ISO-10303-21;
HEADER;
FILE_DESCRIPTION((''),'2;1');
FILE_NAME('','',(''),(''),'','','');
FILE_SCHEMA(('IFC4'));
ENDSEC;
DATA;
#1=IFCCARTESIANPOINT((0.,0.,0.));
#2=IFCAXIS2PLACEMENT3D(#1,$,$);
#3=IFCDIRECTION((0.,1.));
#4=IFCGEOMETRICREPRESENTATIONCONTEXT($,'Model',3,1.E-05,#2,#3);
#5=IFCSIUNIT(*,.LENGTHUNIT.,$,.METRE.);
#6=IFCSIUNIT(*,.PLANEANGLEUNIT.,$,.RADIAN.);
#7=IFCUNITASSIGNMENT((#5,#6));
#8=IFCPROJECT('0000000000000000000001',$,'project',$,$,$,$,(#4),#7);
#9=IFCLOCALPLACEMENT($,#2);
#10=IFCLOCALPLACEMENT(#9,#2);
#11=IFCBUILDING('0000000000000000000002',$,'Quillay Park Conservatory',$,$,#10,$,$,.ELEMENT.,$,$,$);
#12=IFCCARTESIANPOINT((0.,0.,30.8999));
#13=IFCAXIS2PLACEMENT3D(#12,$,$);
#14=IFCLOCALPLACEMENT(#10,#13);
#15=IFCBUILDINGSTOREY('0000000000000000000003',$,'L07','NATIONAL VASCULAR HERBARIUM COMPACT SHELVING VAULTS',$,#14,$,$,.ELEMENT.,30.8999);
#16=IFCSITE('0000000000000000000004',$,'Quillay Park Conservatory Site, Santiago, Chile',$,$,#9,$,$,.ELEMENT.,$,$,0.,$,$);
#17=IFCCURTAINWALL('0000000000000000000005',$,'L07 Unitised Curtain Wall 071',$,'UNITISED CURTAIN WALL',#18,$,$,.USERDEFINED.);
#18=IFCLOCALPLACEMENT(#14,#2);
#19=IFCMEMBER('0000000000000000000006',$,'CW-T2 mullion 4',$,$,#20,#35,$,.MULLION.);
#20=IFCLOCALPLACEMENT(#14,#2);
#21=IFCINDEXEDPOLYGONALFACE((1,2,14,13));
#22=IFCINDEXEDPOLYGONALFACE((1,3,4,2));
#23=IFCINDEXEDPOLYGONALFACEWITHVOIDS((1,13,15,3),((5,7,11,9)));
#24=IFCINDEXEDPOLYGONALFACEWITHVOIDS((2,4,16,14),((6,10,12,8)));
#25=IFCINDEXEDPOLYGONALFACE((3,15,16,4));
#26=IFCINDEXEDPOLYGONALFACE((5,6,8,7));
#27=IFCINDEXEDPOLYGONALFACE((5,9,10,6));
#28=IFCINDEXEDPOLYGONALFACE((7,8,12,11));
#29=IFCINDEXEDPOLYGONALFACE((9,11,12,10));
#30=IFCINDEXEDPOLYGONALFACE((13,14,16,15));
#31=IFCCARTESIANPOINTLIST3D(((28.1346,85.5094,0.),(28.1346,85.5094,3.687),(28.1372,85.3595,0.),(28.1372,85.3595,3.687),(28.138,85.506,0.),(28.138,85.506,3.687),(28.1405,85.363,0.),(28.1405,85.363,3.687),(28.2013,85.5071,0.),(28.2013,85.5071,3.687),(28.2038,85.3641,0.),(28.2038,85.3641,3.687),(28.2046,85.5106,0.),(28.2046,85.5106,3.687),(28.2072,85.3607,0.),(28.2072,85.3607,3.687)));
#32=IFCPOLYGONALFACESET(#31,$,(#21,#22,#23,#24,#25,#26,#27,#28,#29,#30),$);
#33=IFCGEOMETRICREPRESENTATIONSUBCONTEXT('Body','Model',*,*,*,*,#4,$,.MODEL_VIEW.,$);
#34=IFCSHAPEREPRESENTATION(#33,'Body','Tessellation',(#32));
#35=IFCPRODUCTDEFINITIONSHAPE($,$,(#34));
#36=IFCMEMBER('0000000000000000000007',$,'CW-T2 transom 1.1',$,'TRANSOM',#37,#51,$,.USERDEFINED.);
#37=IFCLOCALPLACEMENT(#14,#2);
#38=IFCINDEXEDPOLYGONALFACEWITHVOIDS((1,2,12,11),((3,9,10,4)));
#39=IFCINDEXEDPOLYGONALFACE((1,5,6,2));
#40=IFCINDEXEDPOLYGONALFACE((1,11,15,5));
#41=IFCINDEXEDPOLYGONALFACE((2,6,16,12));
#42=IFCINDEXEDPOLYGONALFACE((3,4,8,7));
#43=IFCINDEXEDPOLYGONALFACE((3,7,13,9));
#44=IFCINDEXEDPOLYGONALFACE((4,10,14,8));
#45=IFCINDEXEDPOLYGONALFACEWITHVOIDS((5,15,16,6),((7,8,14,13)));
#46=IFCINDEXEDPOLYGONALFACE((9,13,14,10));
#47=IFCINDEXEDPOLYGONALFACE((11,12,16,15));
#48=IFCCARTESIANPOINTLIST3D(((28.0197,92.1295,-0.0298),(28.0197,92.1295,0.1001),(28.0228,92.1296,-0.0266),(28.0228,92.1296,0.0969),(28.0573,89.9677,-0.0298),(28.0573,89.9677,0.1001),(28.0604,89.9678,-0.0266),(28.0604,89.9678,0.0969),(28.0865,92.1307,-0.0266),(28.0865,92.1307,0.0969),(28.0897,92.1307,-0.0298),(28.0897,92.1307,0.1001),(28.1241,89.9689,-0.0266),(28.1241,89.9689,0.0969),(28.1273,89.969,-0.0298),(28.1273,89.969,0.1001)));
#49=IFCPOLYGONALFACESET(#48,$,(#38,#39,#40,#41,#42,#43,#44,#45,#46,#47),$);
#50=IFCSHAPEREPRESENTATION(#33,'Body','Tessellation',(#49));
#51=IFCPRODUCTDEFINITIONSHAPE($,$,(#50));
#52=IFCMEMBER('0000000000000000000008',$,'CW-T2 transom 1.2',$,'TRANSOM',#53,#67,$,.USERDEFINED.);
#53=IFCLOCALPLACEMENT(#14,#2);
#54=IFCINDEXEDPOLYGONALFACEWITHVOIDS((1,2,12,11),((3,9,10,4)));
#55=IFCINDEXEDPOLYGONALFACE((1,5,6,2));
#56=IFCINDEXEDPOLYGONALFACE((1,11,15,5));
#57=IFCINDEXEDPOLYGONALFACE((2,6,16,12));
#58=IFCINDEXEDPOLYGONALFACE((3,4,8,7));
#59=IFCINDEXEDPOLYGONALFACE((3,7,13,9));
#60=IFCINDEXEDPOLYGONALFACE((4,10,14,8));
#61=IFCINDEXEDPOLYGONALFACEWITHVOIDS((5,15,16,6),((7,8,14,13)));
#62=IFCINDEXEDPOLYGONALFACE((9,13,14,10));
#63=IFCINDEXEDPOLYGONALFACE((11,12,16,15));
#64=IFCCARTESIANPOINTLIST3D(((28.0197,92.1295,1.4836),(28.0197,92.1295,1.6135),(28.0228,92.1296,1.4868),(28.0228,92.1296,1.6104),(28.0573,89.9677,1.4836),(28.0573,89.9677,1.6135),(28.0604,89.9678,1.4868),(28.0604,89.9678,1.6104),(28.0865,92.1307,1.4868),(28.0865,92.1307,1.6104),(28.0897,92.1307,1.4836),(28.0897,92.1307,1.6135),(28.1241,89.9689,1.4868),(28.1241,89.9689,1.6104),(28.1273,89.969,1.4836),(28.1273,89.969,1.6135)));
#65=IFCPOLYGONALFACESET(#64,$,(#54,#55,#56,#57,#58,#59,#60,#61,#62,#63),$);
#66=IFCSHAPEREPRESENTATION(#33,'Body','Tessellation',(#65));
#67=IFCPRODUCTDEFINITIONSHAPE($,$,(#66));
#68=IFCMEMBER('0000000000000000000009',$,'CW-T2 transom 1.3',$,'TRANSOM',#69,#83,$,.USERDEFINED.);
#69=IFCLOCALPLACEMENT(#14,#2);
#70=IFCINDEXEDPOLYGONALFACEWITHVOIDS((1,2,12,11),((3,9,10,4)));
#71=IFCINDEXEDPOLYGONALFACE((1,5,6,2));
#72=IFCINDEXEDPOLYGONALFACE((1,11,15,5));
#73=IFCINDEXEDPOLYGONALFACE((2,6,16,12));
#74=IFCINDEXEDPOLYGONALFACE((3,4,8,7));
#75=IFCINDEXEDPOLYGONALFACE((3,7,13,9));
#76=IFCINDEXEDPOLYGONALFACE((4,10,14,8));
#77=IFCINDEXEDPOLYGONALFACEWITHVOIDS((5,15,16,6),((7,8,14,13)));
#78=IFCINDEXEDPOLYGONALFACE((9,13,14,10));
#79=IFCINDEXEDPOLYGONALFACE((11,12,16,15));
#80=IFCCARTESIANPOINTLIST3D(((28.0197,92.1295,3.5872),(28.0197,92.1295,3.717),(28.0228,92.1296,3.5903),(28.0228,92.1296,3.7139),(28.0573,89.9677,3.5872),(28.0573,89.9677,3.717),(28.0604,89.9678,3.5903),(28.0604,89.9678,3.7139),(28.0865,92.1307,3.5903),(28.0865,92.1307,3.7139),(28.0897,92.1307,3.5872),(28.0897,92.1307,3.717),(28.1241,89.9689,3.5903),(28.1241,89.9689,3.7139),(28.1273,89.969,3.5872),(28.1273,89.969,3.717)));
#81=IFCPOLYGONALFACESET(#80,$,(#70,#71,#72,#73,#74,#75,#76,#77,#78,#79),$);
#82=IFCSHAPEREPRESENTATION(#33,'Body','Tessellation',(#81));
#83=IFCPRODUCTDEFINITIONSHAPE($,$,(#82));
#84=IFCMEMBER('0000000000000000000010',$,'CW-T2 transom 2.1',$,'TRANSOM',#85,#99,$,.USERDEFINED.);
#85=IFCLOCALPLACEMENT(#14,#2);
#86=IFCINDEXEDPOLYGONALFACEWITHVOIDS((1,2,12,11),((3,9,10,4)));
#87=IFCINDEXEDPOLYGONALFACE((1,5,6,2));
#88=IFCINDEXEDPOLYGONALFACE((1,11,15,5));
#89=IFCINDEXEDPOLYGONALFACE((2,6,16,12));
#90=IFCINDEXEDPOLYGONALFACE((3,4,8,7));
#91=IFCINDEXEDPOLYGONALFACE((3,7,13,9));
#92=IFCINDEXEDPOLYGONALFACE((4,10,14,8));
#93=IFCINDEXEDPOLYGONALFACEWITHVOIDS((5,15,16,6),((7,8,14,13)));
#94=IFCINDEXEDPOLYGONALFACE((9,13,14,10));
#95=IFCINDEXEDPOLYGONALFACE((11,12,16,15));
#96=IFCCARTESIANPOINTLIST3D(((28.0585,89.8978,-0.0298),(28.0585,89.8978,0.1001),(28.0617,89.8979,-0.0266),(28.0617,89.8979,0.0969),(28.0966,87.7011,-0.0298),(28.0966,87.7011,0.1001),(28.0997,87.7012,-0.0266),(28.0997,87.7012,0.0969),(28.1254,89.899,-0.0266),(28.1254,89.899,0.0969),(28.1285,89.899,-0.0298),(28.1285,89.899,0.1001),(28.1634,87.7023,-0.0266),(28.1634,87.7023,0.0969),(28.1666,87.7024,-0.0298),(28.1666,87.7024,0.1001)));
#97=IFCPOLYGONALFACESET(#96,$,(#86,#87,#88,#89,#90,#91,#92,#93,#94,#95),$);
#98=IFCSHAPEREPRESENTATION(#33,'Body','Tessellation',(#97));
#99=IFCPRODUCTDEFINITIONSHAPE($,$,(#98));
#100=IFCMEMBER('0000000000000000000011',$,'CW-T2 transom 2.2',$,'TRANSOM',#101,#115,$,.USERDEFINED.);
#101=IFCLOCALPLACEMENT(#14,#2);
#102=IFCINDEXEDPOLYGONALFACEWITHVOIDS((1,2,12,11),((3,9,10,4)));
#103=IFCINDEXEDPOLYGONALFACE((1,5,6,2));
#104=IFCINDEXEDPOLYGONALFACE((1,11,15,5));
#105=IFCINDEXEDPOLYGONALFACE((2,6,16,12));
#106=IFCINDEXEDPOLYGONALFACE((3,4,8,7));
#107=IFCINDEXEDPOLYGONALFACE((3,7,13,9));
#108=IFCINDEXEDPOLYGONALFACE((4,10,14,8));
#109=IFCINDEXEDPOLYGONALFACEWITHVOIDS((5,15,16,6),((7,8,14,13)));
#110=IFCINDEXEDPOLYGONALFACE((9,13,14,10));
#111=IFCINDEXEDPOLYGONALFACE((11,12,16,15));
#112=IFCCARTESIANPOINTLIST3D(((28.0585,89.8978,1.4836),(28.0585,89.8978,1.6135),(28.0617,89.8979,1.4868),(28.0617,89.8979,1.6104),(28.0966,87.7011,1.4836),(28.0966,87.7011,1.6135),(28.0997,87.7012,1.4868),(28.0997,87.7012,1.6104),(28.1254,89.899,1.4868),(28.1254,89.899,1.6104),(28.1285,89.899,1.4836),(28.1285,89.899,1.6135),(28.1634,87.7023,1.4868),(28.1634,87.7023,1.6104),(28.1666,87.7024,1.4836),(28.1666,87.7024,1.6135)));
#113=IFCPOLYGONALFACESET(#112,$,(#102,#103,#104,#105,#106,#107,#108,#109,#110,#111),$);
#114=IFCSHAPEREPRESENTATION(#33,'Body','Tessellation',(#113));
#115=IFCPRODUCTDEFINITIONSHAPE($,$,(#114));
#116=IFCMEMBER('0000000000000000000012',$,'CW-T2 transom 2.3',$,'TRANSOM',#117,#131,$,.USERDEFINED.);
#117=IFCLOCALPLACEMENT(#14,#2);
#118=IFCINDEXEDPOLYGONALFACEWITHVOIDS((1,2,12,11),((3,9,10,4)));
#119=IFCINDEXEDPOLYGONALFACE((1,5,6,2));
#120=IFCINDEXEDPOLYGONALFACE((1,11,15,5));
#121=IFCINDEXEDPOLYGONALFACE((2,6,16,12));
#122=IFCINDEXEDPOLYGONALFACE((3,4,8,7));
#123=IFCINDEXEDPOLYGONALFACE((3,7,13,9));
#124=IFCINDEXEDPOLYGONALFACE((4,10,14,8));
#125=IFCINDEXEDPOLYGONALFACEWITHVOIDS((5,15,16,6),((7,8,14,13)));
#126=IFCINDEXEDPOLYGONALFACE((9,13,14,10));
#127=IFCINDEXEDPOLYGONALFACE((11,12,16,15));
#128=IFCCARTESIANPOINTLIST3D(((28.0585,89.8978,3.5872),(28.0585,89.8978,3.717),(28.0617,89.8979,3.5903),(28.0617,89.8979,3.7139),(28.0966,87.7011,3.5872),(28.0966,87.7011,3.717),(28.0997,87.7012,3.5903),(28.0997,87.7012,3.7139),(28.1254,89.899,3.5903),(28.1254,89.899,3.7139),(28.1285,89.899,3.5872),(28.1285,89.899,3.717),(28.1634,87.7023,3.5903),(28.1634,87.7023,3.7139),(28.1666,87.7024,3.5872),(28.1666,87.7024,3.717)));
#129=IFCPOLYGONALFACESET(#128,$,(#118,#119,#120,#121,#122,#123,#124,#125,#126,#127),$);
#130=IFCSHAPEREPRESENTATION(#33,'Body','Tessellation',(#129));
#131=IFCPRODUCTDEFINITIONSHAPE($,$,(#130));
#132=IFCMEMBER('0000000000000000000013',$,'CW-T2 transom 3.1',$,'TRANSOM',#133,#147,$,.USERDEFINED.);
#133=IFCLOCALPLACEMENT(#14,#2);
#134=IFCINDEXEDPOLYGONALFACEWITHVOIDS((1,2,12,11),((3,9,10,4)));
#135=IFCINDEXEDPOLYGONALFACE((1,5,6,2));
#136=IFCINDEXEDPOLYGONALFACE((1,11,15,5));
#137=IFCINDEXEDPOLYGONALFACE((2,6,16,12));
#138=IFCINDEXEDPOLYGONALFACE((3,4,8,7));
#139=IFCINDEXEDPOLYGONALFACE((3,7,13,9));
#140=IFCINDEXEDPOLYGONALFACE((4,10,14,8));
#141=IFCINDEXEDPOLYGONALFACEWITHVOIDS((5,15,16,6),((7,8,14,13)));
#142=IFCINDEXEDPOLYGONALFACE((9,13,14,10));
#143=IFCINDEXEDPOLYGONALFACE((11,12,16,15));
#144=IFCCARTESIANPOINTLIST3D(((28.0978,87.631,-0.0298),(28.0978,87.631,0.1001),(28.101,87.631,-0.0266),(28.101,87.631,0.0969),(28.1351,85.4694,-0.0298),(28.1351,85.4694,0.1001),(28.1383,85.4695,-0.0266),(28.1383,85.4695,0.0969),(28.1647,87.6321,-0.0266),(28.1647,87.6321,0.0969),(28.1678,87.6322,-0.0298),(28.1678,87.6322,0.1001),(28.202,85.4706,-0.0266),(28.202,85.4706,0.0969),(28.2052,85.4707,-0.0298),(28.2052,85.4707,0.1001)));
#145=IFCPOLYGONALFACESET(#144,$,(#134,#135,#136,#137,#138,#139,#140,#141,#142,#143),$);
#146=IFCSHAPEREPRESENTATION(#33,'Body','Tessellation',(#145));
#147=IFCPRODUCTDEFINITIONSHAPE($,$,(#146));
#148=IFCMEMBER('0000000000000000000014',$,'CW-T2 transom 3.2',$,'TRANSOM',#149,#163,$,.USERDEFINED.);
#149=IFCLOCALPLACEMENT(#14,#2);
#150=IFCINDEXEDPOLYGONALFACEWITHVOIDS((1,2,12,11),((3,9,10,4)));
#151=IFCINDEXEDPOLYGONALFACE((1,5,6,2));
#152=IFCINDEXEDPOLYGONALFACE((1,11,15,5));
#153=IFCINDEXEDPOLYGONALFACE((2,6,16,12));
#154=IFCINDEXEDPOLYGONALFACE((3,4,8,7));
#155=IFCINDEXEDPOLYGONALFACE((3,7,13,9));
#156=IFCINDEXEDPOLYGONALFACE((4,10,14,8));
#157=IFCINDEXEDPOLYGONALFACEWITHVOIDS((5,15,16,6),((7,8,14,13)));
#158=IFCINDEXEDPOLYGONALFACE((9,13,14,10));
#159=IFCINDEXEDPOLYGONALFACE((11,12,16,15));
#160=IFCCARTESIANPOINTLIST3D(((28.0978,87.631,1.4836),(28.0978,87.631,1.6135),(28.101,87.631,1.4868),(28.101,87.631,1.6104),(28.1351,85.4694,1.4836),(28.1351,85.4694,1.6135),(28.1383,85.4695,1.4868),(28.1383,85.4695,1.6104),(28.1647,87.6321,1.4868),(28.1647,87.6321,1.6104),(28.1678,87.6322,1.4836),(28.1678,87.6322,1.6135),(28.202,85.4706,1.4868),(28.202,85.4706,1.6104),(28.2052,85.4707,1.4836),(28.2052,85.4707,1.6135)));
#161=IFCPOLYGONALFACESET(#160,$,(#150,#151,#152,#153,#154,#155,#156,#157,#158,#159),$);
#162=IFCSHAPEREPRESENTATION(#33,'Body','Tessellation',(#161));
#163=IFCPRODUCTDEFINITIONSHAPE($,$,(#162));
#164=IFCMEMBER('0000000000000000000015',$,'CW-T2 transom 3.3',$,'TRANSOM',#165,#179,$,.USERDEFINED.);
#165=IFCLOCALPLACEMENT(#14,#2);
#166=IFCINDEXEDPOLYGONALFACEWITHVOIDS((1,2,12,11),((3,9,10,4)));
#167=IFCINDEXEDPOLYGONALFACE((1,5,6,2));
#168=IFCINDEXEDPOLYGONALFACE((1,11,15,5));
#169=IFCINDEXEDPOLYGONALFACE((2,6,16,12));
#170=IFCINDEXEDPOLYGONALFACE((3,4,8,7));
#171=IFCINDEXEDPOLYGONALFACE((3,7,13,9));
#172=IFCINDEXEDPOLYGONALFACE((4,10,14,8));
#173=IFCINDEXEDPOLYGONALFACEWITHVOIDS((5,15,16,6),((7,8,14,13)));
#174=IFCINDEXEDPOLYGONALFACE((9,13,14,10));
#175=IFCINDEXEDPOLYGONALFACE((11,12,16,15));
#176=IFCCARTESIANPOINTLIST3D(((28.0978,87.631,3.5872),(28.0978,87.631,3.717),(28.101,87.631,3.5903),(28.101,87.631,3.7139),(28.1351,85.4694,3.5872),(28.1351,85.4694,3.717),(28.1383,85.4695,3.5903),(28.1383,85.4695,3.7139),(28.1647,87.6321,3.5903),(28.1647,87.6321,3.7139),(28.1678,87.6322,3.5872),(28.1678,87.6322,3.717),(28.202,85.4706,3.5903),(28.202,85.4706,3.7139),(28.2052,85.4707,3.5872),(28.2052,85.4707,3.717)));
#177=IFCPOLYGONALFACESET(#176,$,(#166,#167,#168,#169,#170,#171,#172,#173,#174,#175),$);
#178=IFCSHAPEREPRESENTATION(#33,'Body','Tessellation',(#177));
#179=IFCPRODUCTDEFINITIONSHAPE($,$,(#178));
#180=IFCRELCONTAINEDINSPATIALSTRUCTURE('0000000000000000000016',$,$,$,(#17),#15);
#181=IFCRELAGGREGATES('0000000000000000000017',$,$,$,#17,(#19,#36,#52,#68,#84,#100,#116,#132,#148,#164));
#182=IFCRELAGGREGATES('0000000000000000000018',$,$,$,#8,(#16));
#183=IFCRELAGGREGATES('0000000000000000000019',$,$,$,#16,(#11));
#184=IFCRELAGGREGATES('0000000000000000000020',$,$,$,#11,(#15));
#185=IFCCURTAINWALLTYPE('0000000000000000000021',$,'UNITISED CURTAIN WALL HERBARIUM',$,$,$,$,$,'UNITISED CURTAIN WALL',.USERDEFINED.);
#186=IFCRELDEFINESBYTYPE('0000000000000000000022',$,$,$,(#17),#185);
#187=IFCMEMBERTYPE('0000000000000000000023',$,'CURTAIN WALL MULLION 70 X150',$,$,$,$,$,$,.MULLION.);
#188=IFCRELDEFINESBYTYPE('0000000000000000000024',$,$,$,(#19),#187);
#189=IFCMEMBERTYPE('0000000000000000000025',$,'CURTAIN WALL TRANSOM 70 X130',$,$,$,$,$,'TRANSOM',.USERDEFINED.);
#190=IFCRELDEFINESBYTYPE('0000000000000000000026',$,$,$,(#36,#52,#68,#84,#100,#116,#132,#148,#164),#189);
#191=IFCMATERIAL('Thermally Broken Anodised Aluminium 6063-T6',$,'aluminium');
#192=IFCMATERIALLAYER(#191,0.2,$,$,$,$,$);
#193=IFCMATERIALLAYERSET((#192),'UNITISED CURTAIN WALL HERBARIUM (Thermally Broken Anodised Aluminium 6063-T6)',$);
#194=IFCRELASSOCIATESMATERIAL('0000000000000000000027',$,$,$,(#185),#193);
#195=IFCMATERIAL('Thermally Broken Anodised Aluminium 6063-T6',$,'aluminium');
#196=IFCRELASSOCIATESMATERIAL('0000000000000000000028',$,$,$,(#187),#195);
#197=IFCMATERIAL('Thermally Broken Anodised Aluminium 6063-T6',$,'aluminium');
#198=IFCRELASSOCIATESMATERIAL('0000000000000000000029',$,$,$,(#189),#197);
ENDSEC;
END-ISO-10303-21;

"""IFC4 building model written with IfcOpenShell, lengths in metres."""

from ifc_helpers import new_model, si_unit, direction, frame, origin, origin_2d, place, context, subcontext, project, spatial, hollow_rectangle, extrude, material, layer, layer_set, material_profile, profile_set, type_object, element, aggregate, save


model = new_model("IFC4")

# Units and contexts
model_context = context("Model", 3, precision=1e-05, world=origin(), true_north=direction((0.0, 1.0)))
body_context = subcontext(model_context, "Body", "Model", "MODEL_VIEW")
ifc_project = project(units=[si_unit("LENGTHUNIT", "METRE"), si_unit("PLANEANGLEUNIT", "RADIAN")], contexts=[model_context])

# Site, building, storey
site_placement = place(None, origin())
site = spatial("IfcSite", under=ifc_project, at=site_placement, Name="Quillay Park Conservatory Site, Santiago, Chile", CompositionType="ELEMENT", RefElevation=0.0)
building_placement = place(site_placement, origin())
building = spatial("IfcBuilding", under=site, at=building_placement, Name="Quillay Park Conservatory", CompositionType="ELEMENT")
storey_placement = place(building_placement, frame((0.0, 0.0, 30.8999)))
storey = spatial("IfcBuildingStorey", under=building, at=storey_placement, Name="L07", Description="NATIONAL VASCULAR HERBARIUM COMPACT SHELVING VAULTS", CompositionType="ELEMENT", Elevation=30.8999)

# Curtain wall, members
ifc_material_1 = material(Name="Thermally Broken Anodised Aluminium 6063-T6", Category="aluminium")
ifc_layer_1 = layer(ifc_material_1, 0.2)
ifc_layer_set_1 = layer_set([ifc_layer_1], Name="UNITISED CURTAIN WALL HERBARIUM (Thermally Broken Anodised Aluminium 6063-T6)")
curtain_wall_type = type_object("IfcCurtainWallType", Name="UNITISED CURTAIN WALL HERBARIUM", ElementType="UNITISED CURTAIN WALL", PredefinedType="USERDEFINED", material=ifc_layer_set_1)
curtain_wall_placement = place(storey_placement, origin())
curtain_wall = element("IfcCurtainWall", 1, at=curtain_wall_placement, inside=storey, type_object=curtain_wall_type, Name="L07 Unitised Curtain Wall 071", ObjectType="UNITISED CURTAIN WALL", PredefinedType="USERDEFINED")
ifc_material_2 = material(Name="Thermally Broken Anodised Aluminium 6063-T6", Category="aluminium")
ifc_material_profile_1 = material_profile(ifc_material_2, hollow_rectangle(XDim=0.0701, YDim=0.1499, WallThickness=0.0034, at=origin_2d()), Name="AL70x150x3.5")
ifc_profile_set_1 = profile_set([ifc_material_profile_1], Name="Thermally Broken Anodised Aluminium 6063-T6")
member_type_1 = type_object("IfcMemberType", Name="CURTAIN WALL MULLION 70 X150", PredefinedType="MULLION", material=ifc_profile_set_1)
member_1_placement = place(storey_placement, frame((28.1709, 85.4351, 0.0), z_axis=(0.0, 0.0, 1.0), x_axis=(0.999849, 0.01735, 0.0)))
member_1 = element("IfcMember", 2, at=member_1_placement, type_object=member_type_1, Name="CW-T2 mullion 4", PredefinedType="MULLION", context=body_context, shape_type="SweptSolid", body=[
    extrude(hollow_rectangle(XDim=0.0701, YDim=0.1499, WallThickness=0.0034, at=origin_2d()), origin(), (0.0, 0.0, 1.0), 3.687),
])
ifc_material_3 = material(Name="Thermally Broken Anodised Aluminium 6063-T6", Category="aluminium")
ifc_material_profile_2 = material_profile(ifc_material_3, hollow_rectangle(XDim=0.0701, YDim=0.1299, WallThickness=0.0032, at=origin_2d()), Name="AL70x130x3.2")
ifc_profile_set_2 = profile_set([ifc_material_profile_2], Name="Thermally Broken Anodised Aluminium 6063-T6")
member_type_2 = type_object("IfcMemberType", Name="CURTAIN WALL TRANSOM 70 X130", ElementType="TRANSOM", PredefinedType="USERDEFINED", material=ifc_profile_set_2)
member_2_placement = place(storey_placement, frame((28.0547, 92.1301, 0.0352), z_axis=(0.017389, -0.999849, 0.0), x_axis=(0.999849, 0.017389, 0.0)))
member_2 = element("IfcMember", 3, at=member_2_placement, type_object=member_type_2, Name="CW-T2 transom 1.1", ObjectType="TRANSOM", PredefinedType="USERDEFINED", context=body_context, shape_type="SweptSolid", body=[
    extrude(hollow_rectangle(XDim=0.0701, YDim=0.1299, WallThickness=0.0032, at=origin_2d()), origin(), (0.0, 0.0, 1.0), 2.1621),
])
member_3_placement = place(storey_placement, frame((28.0547, 92.1301, 1.5486), z_axis=(0.017389, -0.999849, 0.0), x_axis=(0.999849, 0.017389, 0.0)))
member_3 = element("IfcMember", 4, at=member_3_placement, type_object=member_type_2, Name="CW-T2 transom 1.2", ObjectType="TRANSOM", PredefinedType="USERDEFINED", context=body_context, shape_type="SweptSolid", body=[
    extrude(hollow_rectangle(XDim=0.0701, YDim=0.1299, WallThickness=0.0032, at=origin_2d()), origin(), (0.0, 0.0, 1.0), 2.1621),
])
member_4_placement = place(storey_placement, frame((28.0547, 92.1301, 3.6521), z_axis=(0.017389, -0.999849, 0.0), x_axis=(0.999849, 0.017389, 0.0)))
member_4 = element("IfcMember", 5, at=member_4_placement, type_object=member_type_2, Name="CW-T2 transom 1.3", ObjectType="TRANSOM", PredefinedType="USERDEFINED", context=body_context, shape_type="SweptSolid", body=[
    extrude(hollow_rectangle(XDim=0.0701, YDim=0.1299, WallThickness=0.0032, at=origin_2d()), origin(), (0.0, 0.0, 1.0), 2.1621),
])
member_5_placement = place(storey_placement, frame((28.0935, 89.8984, 0.0352), z_axis=(0.017335, -0.99985, 0.0), x_axis=(0.99985, 0.017335, 0.0)))
member_5 = element("IfcMember", 6, at=member_5_placement, type_object=member_type_2, Name="CW-T2 transom 2.1", ObjectType="TRANSOM", PredefinedType="USERDEFINED", context=body_context, shape_type="SweptSolid", body=[
    extrude(hollow_rectangle(XDim=0.0701, YDim=0.1299, WallThickness=0.0032, at=origin_2d()), origin(), (0.0, 0.0, 1.0), 2.197),
])
member_6_placement = place(storey_placement, frame((28.0935, 89.8984, 1.5486), z_axis=(0.017335, -0.99985, 0.0), x_axis=(0.99985, 0.017335, 0.0)))
member_6 = element("IfcMember", 7, at=member_6_placement, type_object=member_type_2, Name="CW-T2 transom 2.2", ObjectType="TRANSOM", PredefinedType="USERDEFINED", context=body_context, shape_type="SweptSolid", body=[
    extrude(hollow_rectangle(XDim=0.0701, YDim=0.1299, WallThickness=0.0032, at=origin_2d()), origin(), (0.0, 0.0, 1.0), 2.197),
])
member_7_placement = place(storey_placement, frame((28.0935, 89.8984, 3.6521), z_axis=(0.017335, -0.99985, 0.0), x_axis=(0.99985, 0.017335, 0.0)))
member_7 = element("IfcMember", 8, at=member_7_placement, type_object=member_type_2, Name="CW-T2 transom 2.3", ObjectType="TRANSOM", PredefinedType="USERDEFINED", context=body_context, shape_type="SweptSolid", body=[
    extrude(hollow_rectangle(XDim=0.0701, YDim=0.1299, WallThickness=0.0032, at=origin_2d()), origin(), (0.0, 0.0, 1.0), 2.197),
])
member_8_placement = place(storey_placement, frame((28.1328, 87.6316, 0.0352), z_axis=(0.017278, -0.999851, 0.0), x_axis=(0.999851, 0.017278, 0.0)))
member_8 = element("IfcMember", 9, at=member_8_placement, type_object=member_type_2, Name="CW-T2 transom 3.1", ObjectType="TRANSOM", PredefinedType="USERDEFINED", context=body_context, shape_type="SweptSolid", body=[
    extrude(hollow_rectangle(XDim=0.0701, YDim=0.1299, WallThickness=0.0032, at=origin_2d()), origin(), (0.0, 0.0, 1.0), 2.1619),
])
member_9_placement = place(storey_placement, frame((28.1328, 87.6316, 1.5486), z_axis=(0.017278, -0.999851, 0.0), x_axis=(0.999851, 0.017278, 0.0)))
member_9 = element("IfcMember", 10, at=member_9_placement, type_object=member_type_2, Name="CW-T2 transom 3.2", ObjectType="TRANSOM", PredefinedType="USERDEFINED", context=body_context, shape_type="SweptSolid", body=[
    extrude(hollow_rectangle(XDim=0.0701, YDim=0.1299, WallThickness=0.0032, at=origin_2d()), origin(), (0.0, 0.0, 1.0), 2.1619),
])
member_10_placement = place(storey_placement, frame((28.1328, 87.6316, 3.6521), z_axis=(0.017278, -0.999851, 0.0), x_axis=(0.999851, 0.017278, 0.0)))
member_10 = element("IfcMember", 11, at=member_10_placement, type_object=member_type_2, Name="CW-T2 transom 3.3", ObjectType="TRANSOM", PredefinedType="USERDEFINED", context=body_context, shape_type="SweptSolid", body=[
    extrude(hollow_rectangle(XDim=0.0701, YDim=0.1299, WallThickness=0.0032, at=origin_2d()), origin(), (0.0, 0.0, 1.0), 2.1619),
])

aggregate(curtain_wall, [member_1, member_2, member_3, member_4, member_5, member_6, member_7, member_8, member_9, member_10])

save(model, "model.ifc")
